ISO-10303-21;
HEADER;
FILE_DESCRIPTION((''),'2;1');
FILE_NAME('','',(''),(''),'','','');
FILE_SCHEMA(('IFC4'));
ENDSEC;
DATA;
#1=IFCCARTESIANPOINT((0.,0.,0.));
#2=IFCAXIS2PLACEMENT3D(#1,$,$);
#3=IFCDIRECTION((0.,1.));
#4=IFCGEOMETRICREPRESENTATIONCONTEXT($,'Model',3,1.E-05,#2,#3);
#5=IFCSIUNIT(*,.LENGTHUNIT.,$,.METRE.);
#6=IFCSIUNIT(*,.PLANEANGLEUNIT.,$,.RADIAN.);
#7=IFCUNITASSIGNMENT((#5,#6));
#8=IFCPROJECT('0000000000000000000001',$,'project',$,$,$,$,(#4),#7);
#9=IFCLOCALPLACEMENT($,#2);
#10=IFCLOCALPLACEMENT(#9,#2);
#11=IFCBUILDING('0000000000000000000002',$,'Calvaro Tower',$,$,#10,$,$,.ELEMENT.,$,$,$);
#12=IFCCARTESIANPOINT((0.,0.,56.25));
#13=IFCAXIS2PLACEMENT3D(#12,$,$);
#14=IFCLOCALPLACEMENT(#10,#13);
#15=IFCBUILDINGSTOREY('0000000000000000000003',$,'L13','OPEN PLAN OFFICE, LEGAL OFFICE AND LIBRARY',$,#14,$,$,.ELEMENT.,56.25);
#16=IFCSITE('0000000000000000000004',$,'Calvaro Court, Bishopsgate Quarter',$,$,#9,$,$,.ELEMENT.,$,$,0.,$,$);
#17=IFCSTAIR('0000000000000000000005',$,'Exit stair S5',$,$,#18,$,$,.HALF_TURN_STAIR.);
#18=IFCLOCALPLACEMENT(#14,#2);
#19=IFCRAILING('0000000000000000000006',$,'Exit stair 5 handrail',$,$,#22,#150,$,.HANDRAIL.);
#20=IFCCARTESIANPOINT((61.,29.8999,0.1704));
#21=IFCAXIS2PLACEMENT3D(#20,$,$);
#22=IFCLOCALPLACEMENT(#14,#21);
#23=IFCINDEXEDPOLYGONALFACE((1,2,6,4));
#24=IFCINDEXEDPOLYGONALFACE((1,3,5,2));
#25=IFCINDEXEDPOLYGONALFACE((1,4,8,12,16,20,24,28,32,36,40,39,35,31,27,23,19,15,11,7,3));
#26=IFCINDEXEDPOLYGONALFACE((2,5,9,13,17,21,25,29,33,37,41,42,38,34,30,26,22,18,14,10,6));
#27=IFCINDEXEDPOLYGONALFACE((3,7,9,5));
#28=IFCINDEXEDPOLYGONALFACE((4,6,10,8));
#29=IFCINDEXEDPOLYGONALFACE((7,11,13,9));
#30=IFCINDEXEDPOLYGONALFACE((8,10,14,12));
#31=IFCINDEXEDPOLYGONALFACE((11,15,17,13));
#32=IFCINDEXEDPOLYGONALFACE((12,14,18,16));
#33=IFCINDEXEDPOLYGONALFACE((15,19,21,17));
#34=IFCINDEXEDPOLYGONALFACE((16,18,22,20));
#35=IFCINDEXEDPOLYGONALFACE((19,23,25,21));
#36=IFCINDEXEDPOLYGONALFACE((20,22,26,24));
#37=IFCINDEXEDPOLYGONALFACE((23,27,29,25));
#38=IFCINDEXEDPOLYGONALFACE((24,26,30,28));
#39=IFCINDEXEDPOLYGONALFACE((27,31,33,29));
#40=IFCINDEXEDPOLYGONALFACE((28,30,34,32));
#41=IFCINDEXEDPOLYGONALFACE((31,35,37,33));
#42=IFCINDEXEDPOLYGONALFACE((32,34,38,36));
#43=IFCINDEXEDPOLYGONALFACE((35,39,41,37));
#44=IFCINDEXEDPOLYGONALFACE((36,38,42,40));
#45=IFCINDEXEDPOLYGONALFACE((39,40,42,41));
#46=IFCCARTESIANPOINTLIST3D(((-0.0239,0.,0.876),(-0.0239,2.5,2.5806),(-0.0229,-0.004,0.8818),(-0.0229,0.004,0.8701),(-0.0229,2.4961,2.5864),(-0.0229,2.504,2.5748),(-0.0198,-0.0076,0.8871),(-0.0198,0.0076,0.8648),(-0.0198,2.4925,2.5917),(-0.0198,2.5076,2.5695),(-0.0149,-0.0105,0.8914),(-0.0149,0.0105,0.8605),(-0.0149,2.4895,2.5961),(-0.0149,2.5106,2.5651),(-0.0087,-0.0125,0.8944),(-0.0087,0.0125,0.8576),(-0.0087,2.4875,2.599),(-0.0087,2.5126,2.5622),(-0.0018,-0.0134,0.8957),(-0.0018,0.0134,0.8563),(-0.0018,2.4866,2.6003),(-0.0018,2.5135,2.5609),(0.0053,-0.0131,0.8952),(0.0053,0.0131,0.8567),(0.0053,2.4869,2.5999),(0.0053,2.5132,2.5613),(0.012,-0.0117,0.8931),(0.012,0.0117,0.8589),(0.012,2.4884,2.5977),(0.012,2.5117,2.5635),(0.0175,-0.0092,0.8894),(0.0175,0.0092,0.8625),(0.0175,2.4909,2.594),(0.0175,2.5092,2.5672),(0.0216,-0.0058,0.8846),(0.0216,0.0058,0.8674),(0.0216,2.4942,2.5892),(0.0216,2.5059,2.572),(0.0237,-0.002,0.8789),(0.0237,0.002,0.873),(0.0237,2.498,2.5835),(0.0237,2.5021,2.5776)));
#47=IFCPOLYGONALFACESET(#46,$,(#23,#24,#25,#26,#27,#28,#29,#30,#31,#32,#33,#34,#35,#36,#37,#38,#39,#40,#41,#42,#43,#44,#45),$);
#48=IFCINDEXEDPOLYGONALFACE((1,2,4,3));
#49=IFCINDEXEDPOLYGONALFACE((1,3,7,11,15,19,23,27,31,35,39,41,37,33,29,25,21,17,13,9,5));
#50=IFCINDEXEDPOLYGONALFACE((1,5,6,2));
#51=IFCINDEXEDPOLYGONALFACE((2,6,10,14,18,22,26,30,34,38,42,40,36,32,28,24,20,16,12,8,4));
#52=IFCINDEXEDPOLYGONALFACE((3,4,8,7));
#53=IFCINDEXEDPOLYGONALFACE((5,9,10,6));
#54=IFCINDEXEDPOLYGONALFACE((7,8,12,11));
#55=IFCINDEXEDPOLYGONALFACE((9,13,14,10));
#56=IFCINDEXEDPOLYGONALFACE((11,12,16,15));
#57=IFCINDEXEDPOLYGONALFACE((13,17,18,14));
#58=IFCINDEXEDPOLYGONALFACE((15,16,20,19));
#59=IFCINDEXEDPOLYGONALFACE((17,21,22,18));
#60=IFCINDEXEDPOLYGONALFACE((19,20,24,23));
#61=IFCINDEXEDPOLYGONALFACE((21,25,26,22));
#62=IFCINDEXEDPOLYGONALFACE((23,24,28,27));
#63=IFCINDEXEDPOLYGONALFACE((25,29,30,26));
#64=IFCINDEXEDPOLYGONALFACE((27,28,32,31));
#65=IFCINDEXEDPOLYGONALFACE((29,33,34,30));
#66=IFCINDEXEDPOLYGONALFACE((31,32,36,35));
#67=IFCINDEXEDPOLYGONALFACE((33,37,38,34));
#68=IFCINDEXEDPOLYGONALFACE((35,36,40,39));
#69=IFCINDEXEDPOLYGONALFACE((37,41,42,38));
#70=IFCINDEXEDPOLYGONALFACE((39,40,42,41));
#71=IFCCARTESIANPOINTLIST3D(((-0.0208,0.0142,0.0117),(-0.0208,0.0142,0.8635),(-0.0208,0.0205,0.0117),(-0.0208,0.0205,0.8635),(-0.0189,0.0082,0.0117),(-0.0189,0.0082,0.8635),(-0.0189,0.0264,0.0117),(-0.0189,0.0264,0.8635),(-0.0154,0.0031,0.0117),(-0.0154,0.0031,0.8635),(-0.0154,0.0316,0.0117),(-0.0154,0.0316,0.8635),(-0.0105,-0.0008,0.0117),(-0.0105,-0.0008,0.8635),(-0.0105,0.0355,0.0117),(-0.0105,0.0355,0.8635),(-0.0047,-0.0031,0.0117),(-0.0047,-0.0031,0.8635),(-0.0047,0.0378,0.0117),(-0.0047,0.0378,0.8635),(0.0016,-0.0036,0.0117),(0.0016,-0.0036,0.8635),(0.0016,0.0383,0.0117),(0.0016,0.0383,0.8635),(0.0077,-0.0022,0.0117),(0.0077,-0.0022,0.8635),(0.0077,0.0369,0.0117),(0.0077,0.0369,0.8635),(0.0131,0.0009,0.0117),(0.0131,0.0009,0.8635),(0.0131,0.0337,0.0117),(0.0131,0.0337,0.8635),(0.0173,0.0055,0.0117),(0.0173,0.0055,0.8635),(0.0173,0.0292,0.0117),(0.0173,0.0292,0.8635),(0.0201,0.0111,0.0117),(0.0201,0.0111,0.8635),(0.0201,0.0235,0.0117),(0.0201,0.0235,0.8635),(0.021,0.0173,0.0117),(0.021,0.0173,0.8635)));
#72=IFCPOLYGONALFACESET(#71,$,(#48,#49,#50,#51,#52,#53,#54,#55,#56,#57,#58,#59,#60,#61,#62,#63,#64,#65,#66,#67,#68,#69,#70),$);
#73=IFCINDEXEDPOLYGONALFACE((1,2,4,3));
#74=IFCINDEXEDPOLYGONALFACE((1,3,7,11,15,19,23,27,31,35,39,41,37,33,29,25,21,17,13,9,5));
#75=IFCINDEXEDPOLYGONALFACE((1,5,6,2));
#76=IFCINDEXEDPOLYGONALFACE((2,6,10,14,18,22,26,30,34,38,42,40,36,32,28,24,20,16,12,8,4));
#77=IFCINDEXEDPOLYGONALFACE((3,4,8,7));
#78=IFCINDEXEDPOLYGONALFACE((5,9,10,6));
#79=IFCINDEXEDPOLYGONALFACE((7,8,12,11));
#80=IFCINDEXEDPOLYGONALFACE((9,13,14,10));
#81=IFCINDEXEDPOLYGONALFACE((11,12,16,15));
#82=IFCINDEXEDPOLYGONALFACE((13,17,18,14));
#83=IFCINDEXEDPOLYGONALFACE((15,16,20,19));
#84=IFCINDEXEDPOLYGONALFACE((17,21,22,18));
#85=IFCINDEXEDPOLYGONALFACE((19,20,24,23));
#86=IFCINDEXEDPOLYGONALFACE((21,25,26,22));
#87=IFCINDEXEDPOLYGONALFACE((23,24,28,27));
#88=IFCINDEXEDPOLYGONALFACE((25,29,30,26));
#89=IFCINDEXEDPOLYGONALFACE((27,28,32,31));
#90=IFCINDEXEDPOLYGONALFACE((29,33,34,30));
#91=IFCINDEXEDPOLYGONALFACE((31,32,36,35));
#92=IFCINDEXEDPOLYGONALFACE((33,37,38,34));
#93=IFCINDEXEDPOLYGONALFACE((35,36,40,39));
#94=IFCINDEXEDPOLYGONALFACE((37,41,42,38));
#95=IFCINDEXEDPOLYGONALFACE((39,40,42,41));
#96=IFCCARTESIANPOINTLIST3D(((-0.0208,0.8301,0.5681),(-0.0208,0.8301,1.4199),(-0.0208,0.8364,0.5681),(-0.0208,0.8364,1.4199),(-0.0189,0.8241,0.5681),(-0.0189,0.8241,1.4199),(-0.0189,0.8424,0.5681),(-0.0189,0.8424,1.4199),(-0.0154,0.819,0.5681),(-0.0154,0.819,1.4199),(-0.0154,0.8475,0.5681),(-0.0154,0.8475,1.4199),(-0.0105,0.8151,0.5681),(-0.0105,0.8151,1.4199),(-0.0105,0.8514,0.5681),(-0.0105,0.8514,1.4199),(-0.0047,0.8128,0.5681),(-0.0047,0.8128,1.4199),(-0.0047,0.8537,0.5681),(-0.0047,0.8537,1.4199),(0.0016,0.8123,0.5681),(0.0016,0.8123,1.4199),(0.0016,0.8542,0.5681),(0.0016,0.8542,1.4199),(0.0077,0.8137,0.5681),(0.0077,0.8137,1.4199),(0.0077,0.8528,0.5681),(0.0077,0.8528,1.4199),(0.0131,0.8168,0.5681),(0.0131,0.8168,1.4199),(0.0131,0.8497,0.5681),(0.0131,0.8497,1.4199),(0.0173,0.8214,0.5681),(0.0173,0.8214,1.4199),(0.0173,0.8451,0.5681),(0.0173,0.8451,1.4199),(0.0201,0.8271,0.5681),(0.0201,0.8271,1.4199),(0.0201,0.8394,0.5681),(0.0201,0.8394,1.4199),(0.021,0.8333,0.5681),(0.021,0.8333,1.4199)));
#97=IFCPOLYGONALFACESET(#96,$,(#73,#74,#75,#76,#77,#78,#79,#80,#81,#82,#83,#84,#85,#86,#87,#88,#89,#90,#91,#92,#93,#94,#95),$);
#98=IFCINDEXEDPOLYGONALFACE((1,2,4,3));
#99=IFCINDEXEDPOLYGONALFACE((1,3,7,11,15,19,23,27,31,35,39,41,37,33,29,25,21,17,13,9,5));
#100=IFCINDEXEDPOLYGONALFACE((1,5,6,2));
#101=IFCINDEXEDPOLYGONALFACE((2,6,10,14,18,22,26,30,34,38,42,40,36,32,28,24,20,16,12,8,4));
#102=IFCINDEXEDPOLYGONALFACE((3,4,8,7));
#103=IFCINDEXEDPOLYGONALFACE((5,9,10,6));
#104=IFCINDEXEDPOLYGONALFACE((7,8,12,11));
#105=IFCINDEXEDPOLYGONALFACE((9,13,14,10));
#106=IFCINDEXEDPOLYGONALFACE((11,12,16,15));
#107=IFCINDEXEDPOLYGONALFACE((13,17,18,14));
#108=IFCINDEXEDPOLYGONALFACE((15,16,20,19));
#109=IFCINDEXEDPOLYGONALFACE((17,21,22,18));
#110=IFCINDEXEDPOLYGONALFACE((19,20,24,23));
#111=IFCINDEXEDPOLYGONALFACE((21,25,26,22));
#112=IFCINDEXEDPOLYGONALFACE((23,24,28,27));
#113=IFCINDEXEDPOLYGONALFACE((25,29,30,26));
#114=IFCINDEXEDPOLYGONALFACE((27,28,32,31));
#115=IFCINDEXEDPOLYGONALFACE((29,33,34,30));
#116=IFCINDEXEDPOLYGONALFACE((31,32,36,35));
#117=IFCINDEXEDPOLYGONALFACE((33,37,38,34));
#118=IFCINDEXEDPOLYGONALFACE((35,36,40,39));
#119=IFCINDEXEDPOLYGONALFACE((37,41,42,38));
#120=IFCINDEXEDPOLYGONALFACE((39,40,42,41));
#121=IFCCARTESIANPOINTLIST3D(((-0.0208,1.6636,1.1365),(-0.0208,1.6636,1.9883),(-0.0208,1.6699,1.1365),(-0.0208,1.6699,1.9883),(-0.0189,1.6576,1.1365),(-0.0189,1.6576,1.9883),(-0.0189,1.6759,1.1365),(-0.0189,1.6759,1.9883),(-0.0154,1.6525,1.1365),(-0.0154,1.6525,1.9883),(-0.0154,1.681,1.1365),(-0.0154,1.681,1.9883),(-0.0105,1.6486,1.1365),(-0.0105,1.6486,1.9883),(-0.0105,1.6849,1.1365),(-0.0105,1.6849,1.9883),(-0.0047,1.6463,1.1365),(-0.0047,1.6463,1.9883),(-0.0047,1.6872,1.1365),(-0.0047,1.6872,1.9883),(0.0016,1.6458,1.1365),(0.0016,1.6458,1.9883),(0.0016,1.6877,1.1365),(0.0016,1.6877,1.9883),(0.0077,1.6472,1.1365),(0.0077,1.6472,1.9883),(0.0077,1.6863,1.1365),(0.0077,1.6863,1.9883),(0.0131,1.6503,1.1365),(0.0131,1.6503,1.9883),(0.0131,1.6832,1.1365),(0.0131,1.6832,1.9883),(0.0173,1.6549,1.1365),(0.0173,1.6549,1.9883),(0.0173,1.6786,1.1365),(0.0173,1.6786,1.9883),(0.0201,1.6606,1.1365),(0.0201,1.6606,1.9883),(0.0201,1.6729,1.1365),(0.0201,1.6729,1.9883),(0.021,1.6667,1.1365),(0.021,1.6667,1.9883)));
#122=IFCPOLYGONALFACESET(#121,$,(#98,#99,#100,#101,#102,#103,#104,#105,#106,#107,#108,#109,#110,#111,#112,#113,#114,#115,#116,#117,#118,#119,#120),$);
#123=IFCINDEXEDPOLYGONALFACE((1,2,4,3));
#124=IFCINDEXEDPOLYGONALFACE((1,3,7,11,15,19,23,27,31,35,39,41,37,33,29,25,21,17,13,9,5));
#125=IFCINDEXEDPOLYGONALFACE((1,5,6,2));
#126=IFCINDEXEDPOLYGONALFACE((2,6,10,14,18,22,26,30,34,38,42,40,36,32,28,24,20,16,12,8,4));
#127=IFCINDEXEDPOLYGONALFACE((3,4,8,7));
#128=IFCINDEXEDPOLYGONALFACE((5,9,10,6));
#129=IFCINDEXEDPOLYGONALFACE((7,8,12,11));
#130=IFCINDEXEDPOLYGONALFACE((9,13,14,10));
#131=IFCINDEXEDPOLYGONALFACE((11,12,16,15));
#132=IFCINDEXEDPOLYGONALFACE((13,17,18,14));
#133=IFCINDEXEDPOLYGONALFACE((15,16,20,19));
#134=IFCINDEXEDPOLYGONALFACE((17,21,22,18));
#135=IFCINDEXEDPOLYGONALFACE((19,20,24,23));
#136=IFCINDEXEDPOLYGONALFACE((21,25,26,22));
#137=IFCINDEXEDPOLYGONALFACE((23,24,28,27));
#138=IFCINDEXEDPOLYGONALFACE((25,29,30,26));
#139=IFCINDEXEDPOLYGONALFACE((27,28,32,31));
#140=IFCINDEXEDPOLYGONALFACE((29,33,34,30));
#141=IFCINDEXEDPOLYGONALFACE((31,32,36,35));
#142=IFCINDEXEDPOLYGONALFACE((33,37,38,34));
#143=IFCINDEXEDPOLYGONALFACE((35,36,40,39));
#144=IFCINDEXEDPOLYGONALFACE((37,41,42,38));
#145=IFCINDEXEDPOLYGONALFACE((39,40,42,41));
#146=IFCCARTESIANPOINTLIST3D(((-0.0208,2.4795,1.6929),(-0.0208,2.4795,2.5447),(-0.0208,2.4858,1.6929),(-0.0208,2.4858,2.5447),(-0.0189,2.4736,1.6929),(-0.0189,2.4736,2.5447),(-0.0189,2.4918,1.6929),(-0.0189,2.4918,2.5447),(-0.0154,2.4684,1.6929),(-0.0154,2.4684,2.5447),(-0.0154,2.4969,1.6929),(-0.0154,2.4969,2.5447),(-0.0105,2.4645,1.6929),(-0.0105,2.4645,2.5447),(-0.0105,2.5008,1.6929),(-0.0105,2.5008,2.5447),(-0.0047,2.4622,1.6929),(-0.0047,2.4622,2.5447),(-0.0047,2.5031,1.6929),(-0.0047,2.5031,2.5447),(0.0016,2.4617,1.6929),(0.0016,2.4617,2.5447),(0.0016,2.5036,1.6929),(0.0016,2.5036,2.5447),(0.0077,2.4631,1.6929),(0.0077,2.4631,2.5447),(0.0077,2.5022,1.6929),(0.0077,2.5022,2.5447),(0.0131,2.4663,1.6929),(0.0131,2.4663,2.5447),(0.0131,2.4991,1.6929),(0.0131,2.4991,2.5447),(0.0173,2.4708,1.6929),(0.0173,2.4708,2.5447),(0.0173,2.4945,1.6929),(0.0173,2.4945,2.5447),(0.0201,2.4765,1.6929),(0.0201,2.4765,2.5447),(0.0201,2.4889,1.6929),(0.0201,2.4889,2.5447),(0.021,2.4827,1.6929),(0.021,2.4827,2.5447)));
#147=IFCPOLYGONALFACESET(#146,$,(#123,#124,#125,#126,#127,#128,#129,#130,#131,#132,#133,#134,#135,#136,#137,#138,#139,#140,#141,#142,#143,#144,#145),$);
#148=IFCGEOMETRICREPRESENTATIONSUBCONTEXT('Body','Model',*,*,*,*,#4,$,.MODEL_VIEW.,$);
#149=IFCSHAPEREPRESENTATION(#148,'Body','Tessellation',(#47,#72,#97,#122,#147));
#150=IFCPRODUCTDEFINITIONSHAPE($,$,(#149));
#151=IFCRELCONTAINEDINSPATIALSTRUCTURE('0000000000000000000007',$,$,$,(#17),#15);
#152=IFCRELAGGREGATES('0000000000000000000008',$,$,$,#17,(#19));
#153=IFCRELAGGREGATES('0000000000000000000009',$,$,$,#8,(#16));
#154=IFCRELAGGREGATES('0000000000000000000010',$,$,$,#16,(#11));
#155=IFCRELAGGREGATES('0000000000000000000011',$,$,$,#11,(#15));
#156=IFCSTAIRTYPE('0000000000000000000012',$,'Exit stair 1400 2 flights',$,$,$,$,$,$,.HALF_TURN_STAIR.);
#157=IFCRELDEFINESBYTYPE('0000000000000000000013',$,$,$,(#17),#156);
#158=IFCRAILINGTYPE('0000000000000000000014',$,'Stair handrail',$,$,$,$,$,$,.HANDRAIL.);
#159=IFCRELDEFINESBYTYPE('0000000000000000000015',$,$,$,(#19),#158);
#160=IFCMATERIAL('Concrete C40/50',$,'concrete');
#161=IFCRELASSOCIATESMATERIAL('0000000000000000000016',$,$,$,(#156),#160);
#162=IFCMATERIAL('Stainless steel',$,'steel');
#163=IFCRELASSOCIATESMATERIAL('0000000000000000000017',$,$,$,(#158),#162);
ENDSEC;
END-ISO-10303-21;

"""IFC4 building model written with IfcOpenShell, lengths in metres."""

from ifc_helpers import new_model, si_unit, direction, frame, origin, origin_2d, place, context, subcontext, project, spatial, circle, extrude, material, type_object, element, aggregate, save


model = new_model("IFC4")

# Units and contexts
model_context = context("Model", 3, precision=1e-05, world=origin(), true_north=direction((0.0, 1.0)))
body_context = subcontext(model_context, "Body", "Model", "MODEL_VIEW")
ifc_project = project(units=[si_unit("LENGTHUNIT", "METRE"), si_unit("PLANEANGLEUNIT", "RADIAN")], contexts=[model_context])

# Site, building, storey
site_placement = place(None, origin())
site = spatial("IfcSite", under=ifc_project, at=site_placement, Name="Calvaro Court, Bishopsgate Quarter", CompositionType="ELEMENT", RefElevation=0.0)
building_placement = place(site_placement, origin())
building = spatial("IfcBuilding", under=site, at=building_placement, Name="Calvaro Tower", CompositionType="ELEMENT")
storey_placement = place(building_placement, frame((0.0, 0.0, 56.25)))
storey = spatial("IfcBuildingStorey", under=building, at=storey_placement, Name="L13", Description="OPEN PLAN OFFICE, LEGAL OFFICE AND LIBRARY", CompositionType="ELEMENT", Elevation=56.25)

# Stair, railing
ifc_material_1 = material(Name="Concrete C40/50", Category="concrete")
stair_type = type_object("IfcStairType", Name="Exit stair 1400 2 flights", PredefinedType="HALF_TURN_STAIR", material=ifc_material_1)
stair_placement = place(storey_placement, origin())
stair = element("IfcStair", 1, at=stair_placement, inside=storey, type_object=stair_type, Name="Exit stair S5", PredefinedType="HALF_TURN_STAIR")
ifc_material_2 = material(Name="Stainless steel", Category="steel")
railing_type = type_object("IfcRailingType", Name="Stair handrail", PredefinedType="HANDRAIL", material=ifc_material_2)
railing_placement = place(storey_placement, frame((61.0, 29.8999, 0.1704)))
railing = element("IfcRailing", 2, at=railing_placement, type_object=railing_type, Name="Exit stair 5 handrail", PredefinedType="HANDRAIL", context=body_context, shape_type="SweptSolid", body=[
    extrude(circle(Radius=0.0239, at=origin_2d()), frame((0.0, 0.0, 0.876), z_axis=(0.0, 0.826221, 0.563347), x_axis=(-1.0, 0.0, 0.0)), (0.0, 0.0, 1.0), 3.0259),
    extrude(circle(Radius=0.021, at=origin_2d()), frame((0.0, 0.0173, 0.0117)), (0.0, 0.0, 1.0), 0.8518),
    extrude(circle(Radius=0.021, at=origin_2d()), frame((0.0, 0.8333, 0.5681)), (0.0, 0.0, 1.0), 0.8518),
    extrude(circle(Radius=0.021, at=origin_2d()), frame((0.0, 1.6667, 1.1365)), (0.0, 0.0, 1.0), 0.8518),
    extrude(circle(Radius=0.021, at=origin_2d()), frame((0.0, 2.4827, 1.6929)), (0.0, 0.0, 1.0), 0.8518),
])
aggregate(stair, [railing])

save(model, "model.ifc")
